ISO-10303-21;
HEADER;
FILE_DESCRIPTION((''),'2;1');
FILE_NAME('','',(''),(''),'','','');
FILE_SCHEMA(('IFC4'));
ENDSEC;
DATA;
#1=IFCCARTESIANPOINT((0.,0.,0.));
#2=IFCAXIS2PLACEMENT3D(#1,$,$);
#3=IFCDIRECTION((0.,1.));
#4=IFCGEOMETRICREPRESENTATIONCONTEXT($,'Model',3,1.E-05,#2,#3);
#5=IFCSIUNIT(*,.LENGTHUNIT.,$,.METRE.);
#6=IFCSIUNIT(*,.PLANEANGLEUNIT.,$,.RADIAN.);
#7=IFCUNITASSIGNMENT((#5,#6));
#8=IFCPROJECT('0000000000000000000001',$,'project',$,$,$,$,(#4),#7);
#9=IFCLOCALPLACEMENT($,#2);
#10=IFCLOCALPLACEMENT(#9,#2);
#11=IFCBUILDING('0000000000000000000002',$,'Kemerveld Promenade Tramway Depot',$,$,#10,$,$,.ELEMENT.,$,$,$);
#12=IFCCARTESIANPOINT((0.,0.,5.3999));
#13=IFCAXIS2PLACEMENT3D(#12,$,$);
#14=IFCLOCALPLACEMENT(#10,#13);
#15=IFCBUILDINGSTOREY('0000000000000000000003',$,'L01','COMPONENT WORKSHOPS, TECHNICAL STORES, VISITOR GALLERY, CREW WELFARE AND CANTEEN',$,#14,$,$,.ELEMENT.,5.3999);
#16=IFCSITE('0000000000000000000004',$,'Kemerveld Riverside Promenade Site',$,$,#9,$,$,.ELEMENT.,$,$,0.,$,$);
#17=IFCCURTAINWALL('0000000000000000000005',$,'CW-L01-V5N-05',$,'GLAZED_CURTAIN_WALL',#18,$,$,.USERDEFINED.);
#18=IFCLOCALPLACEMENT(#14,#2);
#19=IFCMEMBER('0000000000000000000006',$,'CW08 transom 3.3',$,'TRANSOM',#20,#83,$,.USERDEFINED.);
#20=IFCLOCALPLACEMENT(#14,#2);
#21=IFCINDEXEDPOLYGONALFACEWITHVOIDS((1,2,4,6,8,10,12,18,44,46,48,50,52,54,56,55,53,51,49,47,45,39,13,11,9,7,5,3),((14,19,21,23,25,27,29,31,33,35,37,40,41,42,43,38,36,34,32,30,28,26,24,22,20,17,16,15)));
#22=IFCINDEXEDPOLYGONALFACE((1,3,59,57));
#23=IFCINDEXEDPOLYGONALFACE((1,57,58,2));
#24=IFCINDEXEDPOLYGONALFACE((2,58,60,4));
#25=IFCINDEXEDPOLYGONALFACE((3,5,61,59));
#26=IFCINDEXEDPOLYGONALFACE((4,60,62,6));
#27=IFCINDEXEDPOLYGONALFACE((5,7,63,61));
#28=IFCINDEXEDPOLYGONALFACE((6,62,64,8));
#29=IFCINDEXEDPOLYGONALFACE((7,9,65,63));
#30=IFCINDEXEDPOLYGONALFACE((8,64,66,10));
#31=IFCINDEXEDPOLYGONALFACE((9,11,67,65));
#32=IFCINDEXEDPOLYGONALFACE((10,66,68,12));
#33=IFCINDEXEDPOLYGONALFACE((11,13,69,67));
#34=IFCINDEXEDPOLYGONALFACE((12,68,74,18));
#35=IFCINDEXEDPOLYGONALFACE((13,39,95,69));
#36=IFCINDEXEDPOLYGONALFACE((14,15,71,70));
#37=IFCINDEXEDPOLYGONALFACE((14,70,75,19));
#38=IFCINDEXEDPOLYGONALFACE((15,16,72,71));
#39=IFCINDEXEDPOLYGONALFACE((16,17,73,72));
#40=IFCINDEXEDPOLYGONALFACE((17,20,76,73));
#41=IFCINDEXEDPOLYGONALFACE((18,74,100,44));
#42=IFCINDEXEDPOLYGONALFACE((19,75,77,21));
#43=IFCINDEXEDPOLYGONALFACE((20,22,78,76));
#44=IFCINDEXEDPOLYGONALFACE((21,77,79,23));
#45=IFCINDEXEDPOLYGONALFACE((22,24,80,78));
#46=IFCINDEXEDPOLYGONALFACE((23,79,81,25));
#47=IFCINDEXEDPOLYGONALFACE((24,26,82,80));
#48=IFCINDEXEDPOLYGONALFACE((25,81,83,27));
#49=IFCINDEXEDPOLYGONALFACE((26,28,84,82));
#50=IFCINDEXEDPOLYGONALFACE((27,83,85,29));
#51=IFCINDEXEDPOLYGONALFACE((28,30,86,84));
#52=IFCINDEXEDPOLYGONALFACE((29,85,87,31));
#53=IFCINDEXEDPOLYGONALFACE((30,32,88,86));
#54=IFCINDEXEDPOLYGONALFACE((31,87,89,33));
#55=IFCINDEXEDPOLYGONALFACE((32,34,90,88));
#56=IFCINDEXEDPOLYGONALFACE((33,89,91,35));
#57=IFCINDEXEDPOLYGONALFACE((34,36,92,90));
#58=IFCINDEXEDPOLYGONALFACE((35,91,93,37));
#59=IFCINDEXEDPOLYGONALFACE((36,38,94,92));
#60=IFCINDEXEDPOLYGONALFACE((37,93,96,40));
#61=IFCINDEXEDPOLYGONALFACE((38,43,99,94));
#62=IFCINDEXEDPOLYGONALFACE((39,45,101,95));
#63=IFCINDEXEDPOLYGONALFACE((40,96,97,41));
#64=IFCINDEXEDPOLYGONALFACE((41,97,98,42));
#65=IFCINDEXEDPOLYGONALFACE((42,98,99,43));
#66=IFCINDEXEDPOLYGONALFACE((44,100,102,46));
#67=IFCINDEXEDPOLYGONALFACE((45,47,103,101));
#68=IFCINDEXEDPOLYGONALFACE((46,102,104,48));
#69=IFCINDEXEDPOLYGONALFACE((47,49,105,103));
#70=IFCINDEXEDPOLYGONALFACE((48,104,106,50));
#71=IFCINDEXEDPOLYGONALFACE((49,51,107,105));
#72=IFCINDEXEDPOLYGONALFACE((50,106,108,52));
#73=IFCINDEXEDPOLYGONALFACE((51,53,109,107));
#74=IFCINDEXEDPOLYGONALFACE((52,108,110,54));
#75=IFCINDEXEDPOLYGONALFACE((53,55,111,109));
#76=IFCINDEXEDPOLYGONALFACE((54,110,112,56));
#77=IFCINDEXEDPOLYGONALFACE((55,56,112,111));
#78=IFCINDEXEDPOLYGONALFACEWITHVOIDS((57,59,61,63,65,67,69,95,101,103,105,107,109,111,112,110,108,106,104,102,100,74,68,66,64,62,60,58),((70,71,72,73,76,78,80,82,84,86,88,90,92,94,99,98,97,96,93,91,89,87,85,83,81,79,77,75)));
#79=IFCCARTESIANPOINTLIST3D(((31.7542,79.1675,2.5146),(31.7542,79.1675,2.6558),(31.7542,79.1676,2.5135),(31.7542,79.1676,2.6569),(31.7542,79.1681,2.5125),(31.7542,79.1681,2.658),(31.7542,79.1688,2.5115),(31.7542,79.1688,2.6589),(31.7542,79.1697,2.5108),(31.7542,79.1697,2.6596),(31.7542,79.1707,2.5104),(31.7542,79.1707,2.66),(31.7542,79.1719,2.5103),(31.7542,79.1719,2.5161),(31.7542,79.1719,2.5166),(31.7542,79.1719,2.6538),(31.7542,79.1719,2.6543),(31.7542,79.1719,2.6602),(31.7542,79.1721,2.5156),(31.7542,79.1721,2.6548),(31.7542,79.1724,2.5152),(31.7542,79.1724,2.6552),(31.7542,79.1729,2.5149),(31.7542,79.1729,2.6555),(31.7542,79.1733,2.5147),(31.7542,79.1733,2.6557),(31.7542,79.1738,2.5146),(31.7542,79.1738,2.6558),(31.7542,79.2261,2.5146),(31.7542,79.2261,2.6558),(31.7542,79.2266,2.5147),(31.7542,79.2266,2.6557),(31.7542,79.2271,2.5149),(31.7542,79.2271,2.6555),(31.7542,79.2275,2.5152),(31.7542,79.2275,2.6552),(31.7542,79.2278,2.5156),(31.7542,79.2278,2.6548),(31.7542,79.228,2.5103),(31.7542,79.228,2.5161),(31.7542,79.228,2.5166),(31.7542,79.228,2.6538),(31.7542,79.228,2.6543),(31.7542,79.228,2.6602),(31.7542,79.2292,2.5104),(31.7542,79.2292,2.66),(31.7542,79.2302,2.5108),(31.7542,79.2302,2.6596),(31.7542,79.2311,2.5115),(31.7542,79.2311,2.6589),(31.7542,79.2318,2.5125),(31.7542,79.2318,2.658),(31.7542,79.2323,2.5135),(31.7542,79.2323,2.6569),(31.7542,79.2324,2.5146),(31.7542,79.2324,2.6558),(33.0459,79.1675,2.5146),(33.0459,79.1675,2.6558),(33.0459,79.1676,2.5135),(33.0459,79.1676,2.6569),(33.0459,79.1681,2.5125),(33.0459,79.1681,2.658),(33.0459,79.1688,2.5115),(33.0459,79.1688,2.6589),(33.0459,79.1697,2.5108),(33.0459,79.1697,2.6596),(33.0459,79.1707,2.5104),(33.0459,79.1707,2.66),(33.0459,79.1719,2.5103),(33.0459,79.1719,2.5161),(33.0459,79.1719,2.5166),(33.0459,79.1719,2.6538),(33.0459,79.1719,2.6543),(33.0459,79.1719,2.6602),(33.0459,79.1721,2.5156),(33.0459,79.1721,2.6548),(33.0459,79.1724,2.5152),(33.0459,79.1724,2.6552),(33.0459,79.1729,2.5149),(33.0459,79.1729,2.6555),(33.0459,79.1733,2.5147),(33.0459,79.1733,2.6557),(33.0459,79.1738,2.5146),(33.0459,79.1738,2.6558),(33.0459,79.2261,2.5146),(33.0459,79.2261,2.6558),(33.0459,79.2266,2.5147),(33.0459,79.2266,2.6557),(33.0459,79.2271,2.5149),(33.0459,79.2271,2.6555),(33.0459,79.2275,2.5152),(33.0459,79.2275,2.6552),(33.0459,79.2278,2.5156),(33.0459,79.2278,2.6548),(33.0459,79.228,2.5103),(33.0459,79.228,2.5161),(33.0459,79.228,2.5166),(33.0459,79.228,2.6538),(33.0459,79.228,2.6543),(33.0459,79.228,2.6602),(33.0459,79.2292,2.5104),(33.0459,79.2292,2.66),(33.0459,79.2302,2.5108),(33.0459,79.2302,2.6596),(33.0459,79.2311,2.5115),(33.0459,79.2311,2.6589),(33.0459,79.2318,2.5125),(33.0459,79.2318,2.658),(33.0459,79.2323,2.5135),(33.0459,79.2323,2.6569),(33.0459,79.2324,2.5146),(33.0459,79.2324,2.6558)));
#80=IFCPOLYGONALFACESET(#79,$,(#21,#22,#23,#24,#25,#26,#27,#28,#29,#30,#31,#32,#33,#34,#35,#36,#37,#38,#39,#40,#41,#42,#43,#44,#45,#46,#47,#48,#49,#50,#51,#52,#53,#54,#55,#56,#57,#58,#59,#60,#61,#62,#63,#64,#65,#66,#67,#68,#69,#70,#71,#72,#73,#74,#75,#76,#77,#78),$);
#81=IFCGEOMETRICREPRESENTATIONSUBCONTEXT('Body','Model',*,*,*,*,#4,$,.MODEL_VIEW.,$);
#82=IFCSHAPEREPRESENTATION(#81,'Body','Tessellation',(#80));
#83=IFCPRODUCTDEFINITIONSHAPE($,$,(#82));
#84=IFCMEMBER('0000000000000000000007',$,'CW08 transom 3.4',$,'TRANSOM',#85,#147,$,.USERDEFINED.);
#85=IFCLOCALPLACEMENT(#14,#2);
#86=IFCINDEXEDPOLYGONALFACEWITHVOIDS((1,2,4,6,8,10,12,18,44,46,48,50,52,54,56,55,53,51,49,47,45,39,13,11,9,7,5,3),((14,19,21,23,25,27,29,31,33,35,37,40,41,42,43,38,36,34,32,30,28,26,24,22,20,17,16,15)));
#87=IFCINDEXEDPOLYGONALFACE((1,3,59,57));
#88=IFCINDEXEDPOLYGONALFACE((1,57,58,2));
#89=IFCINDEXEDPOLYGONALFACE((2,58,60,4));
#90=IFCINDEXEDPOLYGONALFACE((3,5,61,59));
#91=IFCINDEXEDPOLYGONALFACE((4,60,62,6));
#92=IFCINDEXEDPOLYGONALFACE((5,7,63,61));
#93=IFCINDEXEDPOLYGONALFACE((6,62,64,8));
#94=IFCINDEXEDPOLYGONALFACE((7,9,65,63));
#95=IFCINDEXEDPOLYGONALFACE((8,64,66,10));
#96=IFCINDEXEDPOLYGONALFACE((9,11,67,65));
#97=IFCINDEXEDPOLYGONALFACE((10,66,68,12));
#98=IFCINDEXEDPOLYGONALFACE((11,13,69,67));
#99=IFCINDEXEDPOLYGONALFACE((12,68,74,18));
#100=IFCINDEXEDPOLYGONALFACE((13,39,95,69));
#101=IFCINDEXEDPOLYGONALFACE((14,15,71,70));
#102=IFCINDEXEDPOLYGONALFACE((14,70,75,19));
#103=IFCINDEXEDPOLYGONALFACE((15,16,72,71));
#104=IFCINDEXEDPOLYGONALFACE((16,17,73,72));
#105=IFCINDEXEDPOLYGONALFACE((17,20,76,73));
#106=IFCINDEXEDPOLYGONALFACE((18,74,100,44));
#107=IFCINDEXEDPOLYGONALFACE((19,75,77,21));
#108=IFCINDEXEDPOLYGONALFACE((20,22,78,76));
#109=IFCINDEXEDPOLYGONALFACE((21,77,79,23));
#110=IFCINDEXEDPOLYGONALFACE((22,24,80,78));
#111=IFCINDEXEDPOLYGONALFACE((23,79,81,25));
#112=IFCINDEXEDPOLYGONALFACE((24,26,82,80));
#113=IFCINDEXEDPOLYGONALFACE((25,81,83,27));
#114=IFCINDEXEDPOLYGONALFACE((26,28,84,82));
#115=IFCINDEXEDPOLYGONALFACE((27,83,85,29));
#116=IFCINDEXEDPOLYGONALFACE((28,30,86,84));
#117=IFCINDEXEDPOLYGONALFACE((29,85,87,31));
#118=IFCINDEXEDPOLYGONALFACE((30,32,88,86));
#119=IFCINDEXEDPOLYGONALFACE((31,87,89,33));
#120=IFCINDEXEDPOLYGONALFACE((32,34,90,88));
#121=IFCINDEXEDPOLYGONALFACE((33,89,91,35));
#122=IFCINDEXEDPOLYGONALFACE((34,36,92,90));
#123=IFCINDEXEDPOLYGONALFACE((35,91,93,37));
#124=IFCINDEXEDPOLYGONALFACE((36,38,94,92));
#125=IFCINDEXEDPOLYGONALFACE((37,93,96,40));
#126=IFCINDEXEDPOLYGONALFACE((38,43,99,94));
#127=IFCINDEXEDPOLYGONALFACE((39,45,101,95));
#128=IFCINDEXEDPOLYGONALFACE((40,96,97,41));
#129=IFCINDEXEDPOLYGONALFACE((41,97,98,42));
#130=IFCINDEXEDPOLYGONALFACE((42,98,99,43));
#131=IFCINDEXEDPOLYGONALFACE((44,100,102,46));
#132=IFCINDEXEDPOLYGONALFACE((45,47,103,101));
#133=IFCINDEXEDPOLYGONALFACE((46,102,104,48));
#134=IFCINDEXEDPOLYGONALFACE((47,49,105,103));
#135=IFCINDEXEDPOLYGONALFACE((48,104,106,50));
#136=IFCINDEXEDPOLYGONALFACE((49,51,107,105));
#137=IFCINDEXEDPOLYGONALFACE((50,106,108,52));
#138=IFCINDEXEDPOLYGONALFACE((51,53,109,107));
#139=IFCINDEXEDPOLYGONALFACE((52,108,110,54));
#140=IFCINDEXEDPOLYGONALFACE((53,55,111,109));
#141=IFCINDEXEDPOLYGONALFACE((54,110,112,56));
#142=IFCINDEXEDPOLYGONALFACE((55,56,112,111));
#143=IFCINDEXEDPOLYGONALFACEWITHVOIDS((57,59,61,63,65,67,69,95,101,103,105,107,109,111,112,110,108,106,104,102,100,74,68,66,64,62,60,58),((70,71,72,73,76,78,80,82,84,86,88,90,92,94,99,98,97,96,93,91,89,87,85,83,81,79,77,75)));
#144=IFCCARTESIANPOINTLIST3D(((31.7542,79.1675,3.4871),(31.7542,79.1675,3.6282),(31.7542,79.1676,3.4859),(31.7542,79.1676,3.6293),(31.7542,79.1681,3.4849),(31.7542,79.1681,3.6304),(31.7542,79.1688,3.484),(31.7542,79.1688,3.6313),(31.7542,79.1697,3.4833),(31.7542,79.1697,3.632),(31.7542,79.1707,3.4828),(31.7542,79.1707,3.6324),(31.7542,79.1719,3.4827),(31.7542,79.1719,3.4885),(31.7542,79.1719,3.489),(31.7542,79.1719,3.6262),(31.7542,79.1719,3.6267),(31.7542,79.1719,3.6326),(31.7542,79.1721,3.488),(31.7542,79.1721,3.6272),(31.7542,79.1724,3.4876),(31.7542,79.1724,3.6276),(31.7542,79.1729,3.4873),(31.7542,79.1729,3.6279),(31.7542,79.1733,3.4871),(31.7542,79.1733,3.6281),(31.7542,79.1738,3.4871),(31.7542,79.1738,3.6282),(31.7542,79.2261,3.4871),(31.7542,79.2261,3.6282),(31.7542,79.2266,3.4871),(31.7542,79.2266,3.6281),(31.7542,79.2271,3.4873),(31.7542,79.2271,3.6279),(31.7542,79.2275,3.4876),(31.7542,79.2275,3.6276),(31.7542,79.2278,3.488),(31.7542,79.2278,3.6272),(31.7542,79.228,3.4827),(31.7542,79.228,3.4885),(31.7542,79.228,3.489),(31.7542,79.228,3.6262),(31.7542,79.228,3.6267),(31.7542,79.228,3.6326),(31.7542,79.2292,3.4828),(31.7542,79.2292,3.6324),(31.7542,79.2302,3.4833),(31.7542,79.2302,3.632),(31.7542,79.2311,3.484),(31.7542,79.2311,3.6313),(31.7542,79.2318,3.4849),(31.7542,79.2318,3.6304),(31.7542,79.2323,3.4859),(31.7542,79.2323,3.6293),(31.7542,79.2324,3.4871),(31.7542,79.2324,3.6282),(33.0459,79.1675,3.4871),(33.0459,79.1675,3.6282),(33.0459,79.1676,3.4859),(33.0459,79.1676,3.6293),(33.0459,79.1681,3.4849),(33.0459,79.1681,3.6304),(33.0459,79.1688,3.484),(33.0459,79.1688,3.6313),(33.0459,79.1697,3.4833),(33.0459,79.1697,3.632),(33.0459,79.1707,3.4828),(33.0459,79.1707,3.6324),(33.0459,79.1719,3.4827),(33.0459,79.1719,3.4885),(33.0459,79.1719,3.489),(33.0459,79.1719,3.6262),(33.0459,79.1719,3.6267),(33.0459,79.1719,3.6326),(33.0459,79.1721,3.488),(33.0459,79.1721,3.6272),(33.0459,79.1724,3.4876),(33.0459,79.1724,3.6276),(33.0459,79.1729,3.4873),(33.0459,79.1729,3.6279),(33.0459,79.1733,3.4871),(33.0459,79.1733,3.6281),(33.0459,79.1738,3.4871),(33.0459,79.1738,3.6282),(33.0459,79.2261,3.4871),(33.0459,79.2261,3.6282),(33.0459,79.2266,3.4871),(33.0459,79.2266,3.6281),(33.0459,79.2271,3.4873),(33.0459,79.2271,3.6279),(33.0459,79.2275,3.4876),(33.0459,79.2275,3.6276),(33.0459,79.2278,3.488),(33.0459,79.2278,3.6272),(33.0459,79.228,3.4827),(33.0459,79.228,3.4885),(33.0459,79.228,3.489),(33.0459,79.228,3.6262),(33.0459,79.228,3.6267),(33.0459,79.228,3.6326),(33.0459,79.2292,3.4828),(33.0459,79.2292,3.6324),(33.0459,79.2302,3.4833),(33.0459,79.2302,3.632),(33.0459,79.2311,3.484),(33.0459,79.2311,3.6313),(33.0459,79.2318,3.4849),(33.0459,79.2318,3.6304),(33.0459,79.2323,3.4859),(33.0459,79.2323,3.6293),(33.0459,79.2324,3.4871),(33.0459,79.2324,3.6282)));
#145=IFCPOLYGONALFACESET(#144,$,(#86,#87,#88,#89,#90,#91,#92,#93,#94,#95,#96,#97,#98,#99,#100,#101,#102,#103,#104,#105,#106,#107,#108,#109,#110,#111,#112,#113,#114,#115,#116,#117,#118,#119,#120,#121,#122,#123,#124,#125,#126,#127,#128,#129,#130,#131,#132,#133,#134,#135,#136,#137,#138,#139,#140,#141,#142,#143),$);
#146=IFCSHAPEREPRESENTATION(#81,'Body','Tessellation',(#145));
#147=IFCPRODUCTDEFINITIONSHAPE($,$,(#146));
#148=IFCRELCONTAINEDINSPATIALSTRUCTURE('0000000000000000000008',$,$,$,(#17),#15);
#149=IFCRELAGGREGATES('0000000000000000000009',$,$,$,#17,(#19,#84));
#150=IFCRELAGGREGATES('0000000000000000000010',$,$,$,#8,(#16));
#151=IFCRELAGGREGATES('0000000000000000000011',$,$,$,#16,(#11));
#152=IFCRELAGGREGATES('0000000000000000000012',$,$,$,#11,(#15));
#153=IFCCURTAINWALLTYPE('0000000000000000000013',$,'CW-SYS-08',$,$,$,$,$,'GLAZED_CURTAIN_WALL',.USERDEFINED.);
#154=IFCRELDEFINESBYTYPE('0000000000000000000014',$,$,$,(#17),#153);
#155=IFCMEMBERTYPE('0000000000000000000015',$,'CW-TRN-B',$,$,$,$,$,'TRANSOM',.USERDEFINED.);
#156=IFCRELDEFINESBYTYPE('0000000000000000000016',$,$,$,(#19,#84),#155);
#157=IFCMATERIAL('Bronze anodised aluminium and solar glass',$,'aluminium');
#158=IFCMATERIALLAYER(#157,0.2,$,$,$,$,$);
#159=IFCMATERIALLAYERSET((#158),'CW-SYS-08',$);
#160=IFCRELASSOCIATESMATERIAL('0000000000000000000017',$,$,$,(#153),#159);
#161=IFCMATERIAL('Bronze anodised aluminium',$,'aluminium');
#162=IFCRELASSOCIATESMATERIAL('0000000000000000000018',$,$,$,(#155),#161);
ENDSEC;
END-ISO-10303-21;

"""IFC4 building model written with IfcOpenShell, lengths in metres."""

from ifc_helpers import new_model, si_unit, direction, frame, origin, origin_2d, place, context, subcontext, project, spatial, hollow_rectangle, extrude, material, layer, layer_set, material_profile, profile_set, type_object, element, aggregate, save


model = new_model("IFC4")

# Units and contexts
model_context = context("Model", 3, precision=1e-05, world=origin(), true_north=direction((0.0, 1.0)))
body_context = subcontext(model_context, "Body", "Model", "MODEL_VIEW")
ifc_project = project(units=[si_unit("LENGTHUNIT", "METRE"), si_unit("PLANEANGLEUNIT", "RADIAN")], contexts=[model_context])

# Site, building, storey
site_placement = place(None, origin())
site = spatial("IfcSite", under=ifc_project, at=site_placement, Name="Kemerveld Riverside Promenade Site", CompositionType="ELEMENT", RefElevation=0.0)
building_placement = place(site_placement, origin())
building = spatial("IfcBuilding", under=site, at=building_placement, Name="Kemerveld Promenade Tramway Depot", CompositionType="ELEMENT")
storey_placement = place(building_placement, frame((0.0, 0.0, 5.3999)))
storey = spatial("IfcBuildingStorey", under=building, at=storey_placement, Name="L01", Description="COMPONENT WORKSHOPS, TECHNICAL STORES, VISITOR GALLERY, CREW WELFARE AND CANTEEN", CompositionType="ELEMENT", Elevation=5.3999)

# Curtain wall, members
ifc_material_1 = material(Name="Bronze anodised aluminium and solar glass", Category="aluminium")
ifc_layer_1 = layer(ifc_material_1, 0.2)
ifc_layer_set_1 = layer_set([ifc_layer_1], Name="CW-SYS-08")
curtain_wall_type = type_object("IfcCurtainWallType", Name="CW-SYS-08", ElementType="GLAZED_CURTAIN_WALL", PredefinedType="USERDEFINED", material=ifc_layer_set_1)
curtain_wall_placement = place(storey_placement, origin())
curtain_wall = element("IfcCurtainWall", 1, at=curtain_wall_placement, inside=storey, type_object=curtain_wall_type, Name="CW-L01-V5N-05", ObjectType="GLAZED_CURTAIN_WALL", PredefinedType="USERDEFINED")
ifc_material_2 = material(Name="Bronze anodised aluminium", Category="aluminium")
ifc_material_profile_1 = material_profile(ifc_material_2, hollow_rectangle(XDim=0.0649, YDim=0.1499, WallThickness=0.0044, InnerFilletRadius=0.002, OuterFilletRadius=0.0044, at=origin_2d()), Name="CW-TRN-150x65")
ifc_profile_set_1 = profile_set([ifc_material_profile_1], Name="Bronze anodised aluminium")
member_type_1 = type_object("IfcMemberType", Name="CW-TRN-B", ElementType="TRANSOM", PredefinedType="USERDEFINED", material=ifc_profile_set_1)
member_1_placement = place(storey_placement, frame((31.7542, 79.2, 2.5852), z_axis=(1.0, 0.0, 0.0), x_axis=(0.0, 1.0, 0.0)))
member_1 = element("IfcMember", 2, at=member_1_placement, type_object=member_type_1, Name="CW08 transom 3.3", ObjectType="TRANSOM", PredefinedType="USERDEFINED", context=body_context, shape_type="SweptSolid", body=[
    extrude(hollow_rectangle(XDim=0.0649, YDim=0.1499, WallThickness=0.0044, InnerFilletRadius=0.002, OuterFilletRadius=0.0044, at=origin_2d()), origin(), (0.0, 0.0, 1.0), 1.2917),
])
member_2_placement = place(storey_placement, frame((31.7542, 79.2, 3.5576), z_axis=(1.0, 0.0, 0.0), x_axis=(0.0, 1.0, 0.0)))
member_2 = element("IfcMember", 3, at=member_2_placement, type_object=member_type_1, Name="CW08 transom 3.4", ObjectType="TRANSOM", PredefinedType="USERDEFINED", context=body_context, shape_type="SweptSolid", body=[
    extrude(hollow_rectangle(XDim=0.0649, YDim=0.1499, WallThickness=0.0044, InnerFilletRadius=0.002, OuterFilletRadius=0.0044, at=origin_2d()), origin(), (0.0, 0.0, 1.0), 1.2917),
])
aggregate(curtain_wall, [member_1, member_2])

save(model, "model.ifc")
